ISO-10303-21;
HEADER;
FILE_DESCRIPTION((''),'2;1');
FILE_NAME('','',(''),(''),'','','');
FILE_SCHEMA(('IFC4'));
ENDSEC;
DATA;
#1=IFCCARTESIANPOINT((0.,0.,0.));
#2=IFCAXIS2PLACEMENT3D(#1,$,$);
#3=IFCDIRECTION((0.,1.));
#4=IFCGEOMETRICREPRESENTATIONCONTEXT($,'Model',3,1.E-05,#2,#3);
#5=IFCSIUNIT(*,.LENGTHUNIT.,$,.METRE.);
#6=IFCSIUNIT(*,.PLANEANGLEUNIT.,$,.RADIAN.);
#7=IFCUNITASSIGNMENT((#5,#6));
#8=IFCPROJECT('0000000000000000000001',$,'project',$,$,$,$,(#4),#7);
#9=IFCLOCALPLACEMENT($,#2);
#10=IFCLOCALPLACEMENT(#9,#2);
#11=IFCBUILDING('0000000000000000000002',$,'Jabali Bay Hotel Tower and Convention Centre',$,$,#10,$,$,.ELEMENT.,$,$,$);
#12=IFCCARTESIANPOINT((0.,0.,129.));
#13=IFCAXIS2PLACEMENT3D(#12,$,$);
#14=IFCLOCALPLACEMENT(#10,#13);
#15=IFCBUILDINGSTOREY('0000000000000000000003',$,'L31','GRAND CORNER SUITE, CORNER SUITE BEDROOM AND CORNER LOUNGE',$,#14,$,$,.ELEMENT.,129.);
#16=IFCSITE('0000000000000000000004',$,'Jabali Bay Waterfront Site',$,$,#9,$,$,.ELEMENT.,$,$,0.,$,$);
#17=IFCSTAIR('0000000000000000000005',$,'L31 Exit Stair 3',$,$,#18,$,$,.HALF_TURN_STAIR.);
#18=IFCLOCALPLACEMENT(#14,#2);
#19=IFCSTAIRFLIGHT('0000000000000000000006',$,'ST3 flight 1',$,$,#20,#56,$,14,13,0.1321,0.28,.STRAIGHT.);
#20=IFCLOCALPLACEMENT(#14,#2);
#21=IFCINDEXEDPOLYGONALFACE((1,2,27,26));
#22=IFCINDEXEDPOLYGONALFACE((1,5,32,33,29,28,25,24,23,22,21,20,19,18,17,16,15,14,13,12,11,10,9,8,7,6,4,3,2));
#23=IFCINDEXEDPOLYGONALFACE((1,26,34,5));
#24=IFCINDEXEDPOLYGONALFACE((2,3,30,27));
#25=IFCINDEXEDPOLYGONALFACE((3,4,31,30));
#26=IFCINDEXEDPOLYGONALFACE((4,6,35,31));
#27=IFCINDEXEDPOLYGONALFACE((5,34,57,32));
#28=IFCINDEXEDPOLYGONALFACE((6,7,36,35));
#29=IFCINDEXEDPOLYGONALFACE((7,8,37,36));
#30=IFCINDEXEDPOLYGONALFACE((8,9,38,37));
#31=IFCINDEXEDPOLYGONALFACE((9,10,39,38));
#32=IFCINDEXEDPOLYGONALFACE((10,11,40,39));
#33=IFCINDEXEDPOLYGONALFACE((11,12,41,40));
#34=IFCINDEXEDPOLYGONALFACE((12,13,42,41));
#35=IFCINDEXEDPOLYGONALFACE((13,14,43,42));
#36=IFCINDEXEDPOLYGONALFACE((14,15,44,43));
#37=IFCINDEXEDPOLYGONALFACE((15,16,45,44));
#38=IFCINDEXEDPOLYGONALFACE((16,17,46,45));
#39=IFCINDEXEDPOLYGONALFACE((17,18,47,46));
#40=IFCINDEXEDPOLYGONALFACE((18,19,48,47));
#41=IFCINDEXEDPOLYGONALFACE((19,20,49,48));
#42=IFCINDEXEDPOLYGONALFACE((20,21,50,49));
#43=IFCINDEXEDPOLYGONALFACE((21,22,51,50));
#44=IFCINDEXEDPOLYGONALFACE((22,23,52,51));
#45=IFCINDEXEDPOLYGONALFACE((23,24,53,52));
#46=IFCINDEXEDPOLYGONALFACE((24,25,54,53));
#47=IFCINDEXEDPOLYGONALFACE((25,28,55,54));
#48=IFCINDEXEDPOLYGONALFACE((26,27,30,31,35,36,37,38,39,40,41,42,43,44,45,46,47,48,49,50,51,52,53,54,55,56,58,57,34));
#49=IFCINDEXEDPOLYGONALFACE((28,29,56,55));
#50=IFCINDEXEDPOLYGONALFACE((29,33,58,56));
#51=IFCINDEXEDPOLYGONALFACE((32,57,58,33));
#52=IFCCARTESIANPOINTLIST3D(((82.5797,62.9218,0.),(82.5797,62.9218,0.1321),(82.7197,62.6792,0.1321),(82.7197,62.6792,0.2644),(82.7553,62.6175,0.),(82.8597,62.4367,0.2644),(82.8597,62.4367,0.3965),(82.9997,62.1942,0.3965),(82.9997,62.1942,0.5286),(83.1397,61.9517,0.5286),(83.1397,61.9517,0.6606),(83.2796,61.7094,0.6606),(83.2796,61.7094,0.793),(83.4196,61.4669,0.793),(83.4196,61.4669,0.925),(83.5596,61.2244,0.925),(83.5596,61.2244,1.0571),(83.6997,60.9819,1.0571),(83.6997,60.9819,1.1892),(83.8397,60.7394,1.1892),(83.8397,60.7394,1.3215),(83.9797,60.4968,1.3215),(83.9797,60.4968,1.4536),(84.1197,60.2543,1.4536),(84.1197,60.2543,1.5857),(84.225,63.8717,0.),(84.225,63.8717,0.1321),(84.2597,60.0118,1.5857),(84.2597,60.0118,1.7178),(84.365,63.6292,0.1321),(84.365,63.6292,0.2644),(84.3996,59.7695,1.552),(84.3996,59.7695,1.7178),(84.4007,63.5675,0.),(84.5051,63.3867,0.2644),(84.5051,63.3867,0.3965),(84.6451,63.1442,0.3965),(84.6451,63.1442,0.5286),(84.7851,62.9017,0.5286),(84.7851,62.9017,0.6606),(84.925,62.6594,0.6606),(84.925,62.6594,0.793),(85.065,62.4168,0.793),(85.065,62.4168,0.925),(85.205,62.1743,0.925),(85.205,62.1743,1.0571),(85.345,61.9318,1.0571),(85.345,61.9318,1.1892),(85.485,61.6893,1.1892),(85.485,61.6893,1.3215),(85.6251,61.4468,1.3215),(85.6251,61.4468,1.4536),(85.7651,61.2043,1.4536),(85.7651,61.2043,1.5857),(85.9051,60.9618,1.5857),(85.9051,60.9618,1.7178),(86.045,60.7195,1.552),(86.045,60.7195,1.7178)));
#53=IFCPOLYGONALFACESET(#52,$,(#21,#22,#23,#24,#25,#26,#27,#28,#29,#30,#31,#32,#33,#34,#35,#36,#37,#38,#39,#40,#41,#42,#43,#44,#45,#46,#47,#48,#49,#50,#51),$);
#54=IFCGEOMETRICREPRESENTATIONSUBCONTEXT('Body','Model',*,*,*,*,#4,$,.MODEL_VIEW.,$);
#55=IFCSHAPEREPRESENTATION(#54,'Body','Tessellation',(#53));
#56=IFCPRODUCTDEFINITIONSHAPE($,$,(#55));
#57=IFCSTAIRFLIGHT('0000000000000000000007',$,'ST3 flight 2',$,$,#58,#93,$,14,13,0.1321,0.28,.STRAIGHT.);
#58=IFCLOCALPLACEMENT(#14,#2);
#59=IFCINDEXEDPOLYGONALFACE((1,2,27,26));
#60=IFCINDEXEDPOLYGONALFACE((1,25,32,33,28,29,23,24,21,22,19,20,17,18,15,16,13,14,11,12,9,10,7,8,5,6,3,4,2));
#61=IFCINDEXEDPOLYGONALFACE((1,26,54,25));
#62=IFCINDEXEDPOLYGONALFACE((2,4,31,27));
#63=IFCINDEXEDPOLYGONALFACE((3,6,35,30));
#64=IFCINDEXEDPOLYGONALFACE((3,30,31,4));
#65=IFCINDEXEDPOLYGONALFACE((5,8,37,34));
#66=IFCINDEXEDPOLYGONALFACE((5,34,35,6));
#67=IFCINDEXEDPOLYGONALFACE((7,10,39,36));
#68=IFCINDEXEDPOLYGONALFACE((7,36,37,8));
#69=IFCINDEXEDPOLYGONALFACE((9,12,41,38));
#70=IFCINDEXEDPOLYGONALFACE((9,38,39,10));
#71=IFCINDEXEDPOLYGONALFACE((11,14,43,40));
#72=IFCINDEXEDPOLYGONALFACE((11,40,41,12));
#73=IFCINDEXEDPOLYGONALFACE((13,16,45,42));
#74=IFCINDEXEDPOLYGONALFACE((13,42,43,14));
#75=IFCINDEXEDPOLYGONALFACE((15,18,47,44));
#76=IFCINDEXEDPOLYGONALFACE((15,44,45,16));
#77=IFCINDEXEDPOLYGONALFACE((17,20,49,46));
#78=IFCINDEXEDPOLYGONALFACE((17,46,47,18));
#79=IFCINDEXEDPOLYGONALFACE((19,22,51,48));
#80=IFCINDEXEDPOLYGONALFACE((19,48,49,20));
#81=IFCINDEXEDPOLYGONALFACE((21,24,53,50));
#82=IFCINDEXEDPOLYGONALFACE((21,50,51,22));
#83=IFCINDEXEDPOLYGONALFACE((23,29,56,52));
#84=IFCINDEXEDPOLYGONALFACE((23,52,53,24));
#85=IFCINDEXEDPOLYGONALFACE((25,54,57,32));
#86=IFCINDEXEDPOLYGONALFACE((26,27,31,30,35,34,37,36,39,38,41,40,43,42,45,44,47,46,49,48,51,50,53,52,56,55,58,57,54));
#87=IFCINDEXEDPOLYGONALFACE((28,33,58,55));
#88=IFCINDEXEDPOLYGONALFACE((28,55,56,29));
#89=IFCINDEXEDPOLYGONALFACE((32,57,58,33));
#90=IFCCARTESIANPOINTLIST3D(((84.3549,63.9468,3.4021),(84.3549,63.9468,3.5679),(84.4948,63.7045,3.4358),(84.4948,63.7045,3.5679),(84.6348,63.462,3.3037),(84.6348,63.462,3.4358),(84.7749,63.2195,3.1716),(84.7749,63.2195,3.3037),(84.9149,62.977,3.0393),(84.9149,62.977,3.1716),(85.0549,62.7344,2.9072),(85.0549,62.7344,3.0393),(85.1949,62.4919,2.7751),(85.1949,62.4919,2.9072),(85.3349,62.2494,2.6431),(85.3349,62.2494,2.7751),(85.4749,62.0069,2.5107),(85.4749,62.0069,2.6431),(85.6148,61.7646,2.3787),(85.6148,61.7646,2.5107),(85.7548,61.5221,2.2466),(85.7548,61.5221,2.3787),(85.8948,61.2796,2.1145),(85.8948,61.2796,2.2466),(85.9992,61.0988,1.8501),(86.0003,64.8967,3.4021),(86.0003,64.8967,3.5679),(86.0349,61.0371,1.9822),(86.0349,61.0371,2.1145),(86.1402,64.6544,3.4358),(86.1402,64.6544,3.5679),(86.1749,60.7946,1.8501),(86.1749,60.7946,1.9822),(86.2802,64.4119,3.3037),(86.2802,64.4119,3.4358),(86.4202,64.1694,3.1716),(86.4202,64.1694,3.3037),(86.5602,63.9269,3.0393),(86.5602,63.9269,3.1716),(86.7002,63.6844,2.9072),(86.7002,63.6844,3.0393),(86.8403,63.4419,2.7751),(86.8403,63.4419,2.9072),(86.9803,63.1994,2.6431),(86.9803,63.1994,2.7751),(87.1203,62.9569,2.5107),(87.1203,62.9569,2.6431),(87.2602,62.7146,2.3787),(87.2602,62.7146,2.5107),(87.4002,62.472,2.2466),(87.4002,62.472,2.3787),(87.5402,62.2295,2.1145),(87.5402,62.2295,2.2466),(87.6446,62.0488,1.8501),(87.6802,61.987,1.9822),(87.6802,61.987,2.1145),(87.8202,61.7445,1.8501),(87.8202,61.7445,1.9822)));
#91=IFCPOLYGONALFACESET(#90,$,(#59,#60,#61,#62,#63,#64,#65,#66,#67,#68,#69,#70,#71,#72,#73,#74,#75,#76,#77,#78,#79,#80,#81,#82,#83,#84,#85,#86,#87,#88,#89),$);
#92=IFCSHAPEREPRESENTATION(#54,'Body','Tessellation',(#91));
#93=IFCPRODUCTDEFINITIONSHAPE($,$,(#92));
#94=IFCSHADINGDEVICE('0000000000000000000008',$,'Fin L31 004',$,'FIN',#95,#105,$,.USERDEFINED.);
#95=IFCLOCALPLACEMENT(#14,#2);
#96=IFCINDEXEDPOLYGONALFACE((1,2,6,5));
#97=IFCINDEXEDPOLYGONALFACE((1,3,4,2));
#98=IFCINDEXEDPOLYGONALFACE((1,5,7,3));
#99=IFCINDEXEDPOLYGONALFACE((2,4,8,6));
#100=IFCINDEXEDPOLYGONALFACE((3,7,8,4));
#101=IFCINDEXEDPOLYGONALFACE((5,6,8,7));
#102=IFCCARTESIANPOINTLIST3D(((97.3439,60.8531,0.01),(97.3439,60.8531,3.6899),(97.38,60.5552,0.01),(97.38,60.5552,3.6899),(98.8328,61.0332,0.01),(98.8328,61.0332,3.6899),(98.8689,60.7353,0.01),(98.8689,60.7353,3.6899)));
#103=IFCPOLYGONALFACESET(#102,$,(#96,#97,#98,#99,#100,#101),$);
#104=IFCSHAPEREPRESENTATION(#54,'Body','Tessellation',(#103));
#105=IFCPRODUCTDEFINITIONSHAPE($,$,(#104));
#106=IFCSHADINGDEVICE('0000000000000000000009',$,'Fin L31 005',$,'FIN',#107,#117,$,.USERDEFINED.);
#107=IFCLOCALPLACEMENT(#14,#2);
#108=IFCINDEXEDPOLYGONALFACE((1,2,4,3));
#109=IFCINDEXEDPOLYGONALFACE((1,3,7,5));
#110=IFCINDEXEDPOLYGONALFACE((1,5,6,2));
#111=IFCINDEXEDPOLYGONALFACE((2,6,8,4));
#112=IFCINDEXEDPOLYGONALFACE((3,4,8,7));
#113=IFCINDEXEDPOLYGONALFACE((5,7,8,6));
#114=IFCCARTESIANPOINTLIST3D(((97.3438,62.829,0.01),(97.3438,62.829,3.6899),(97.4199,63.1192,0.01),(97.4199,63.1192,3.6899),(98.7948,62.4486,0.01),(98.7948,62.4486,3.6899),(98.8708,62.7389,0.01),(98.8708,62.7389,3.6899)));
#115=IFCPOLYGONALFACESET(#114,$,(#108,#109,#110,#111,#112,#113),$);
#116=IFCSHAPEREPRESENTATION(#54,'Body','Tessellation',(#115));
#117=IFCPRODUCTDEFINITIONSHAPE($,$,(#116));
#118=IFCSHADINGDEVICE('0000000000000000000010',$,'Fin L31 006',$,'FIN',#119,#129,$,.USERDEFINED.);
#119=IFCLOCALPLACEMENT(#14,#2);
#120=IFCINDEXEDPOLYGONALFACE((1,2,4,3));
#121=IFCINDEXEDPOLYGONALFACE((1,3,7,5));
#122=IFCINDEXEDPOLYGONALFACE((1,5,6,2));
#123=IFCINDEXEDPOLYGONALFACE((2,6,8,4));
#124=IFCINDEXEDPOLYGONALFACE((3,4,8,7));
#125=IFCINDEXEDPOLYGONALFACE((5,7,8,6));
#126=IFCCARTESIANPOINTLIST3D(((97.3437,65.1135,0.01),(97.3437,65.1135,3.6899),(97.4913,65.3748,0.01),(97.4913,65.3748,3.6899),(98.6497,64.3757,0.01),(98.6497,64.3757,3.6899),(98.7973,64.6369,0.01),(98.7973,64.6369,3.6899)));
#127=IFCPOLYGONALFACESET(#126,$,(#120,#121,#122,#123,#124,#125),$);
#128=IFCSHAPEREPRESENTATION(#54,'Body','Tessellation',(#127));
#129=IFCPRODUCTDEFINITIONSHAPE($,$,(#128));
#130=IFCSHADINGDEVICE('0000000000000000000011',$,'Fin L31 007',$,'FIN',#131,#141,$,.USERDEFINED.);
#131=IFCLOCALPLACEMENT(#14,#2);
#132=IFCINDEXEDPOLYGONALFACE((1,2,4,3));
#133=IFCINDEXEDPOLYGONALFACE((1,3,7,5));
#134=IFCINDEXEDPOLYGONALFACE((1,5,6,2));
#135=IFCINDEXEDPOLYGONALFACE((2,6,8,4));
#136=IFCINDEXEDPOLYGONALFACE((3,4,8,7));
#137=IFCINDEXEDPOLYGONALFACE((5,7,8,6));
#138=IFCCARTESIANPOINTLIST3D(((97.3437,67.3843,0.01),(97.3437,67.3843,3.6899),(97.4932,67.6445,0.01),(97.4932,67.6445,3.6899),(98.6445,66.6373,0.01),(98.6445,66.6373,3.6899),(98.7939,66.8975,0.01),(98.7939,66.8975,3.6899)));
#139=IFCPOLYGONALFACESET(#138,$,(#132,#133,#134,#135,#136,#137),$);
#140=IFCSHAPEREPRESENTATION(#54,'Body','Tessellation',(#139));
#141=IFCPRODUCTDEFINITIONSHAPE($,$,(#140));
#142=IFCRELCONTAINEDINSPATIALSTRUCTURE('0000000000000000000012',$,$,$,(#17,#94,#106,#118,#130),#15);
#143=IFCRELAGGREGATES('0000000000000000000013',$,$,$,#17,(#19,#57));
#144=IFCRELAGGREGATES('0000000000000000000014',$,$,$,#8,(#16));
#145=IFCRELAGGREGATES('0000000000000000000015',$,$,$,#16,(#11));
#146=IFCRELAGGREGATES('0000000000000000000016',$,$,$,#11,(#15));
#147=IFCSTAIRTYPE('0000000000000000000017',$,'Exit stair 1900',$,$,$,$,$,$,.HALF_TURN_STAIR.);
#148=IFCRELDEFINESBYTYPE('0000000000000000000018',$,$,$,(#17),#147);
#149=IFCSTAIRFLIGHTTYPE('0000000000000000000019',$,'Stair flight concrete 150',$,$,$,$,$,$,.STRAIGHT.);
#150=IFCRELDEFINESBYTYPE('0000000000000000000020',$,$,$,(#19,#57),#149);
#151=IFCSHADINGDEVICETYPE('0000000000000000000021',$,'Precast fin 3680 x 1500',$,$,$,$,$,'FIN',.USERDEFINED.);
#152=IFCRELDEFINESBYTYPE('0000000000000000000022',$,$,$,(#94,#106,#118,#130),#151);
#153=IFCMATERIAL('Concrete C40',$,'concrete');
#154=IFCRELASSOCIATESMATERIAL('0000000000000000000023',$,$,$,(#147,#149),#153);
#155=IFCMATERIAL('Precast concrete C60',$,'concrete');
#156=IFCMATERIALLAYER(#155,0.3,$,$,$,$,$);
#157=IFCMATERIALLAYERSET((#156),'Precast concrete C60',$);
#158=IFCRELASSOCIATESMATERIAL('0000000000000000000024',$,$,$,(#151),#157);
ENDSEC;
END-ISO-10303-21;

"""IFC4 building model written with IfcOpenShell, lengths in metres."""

from ifc_helpers import new_model, si_unit, direction, frame, frame_2d, origin, place, context, subcontext, project, spatial, polyline, rectangle, outline, extrude, material, layer, layer_set, type_object, element, aggregate, save


model = new_model("IFC4")

# Units and contexts
model_context = context("Model", 3, precision=1e-05, world=origin(), true_north=direction((0.0, 1.0)))
body_context = subcontext(model_context, "Body", "Model", "MODEL_VIEW")
ifc_project = project(units=[si_unit("LENGTHUNIT", "METRE"), si_unit("PLANEANGLEUNIT", "RADIAN")], contexts=[model_context])

# Site, building, storey
site_placement = place(None, origin())
site = spatial("IfcSite", under=ifc_project, at=site_placement, Name="Jabali Bay Waterfront Site", CompositionType="ELEMENT", RefElevation=0.0)
building_placement = place(site_placement, origin())
building = spatial("IfcBuilding", under=site, at=building_placement, Name="Jabali Bay Hotel Tower and Convention Centre", CompositionType="ELEMENT")
storey_placement = place(building_placement, frame((0.0, 0.0, 129.0)))
storey = spatial("IfcBuildingStorey", under=building, at=storey_placement, Name="L31", Description="GRAND CORNER SUITE, CORNER SUITE BEDROOM AND CORNER LOUNGE", CompositionType="ELEMENT", Elevation=129.0)

# Shared definitions
ifc_material_1 = material(Name="Concrete C40", Category="concrete")

# Stair, stair flights
stair_type = type_object("IfcStairType", Name="Exit stair 1900", PredefinedType="HALF_TURN_STAIR", material=ifc_material_1)
stair_placement = place(storey_placement, origin())
stair = element("IfcStair", 1, at=stair_placement, inside=storey, type_object=stair_type, Name="L31 Exit Stair 3", PredefinedType="HALF_TURN_STAIR")
stair_flight_type = type_object("IfcStairFlightType", Name="Stair flight concrete 150", PredefinedType="STRAIGHT", material=ifc_material_1)
stair_flight_1_placement = place(storey_placement, frame((83.4023, 63.3967, 0.0), z_axis=(0.0, 0.0, 1.0), x_axis=(0.5, -0.866025, 0.0)))
stair_flight_1 = element("IfcStairFlight", 2, at=stair_flight_1_placement, type_object=stair_flight_type, Name="ST3 flight 1", NumberOfRisers=14, NumberOfTreads=13, PredefinedType="STRAIGHT", RiserHeight=0.1321, TreadLength=0.28, context=body_context, shape_type="SweptSolid", body=[
    extrude(outline(polyline([(0.0, 0.0), (0.0, 0.1321), (0.28, 0.1321), (0.28, 0.2644), (0.5601, 0.2644), (0.5601, 0.3965), (0.8401, 0.3965), (0.8401, 0.5286), (1.1201, 0.5286), (1.1201, 0.6606), (1.3999, 0.6606), (1.3999, 0.793), (1.6799, 0.793), (1.6799, 0.925), (1.96, 0.925), (1.96, 1.0571), (2.24, 1.0571), (2.24, 1.1892), (2.52, 1.1892), (2.52, 1.3215), (2.8, 1.3215), (2.8, 1.4536), (3.0801, 1.4536), (3.0801, 1.5857), (3.3601, 1.5857), (3.3601, 1.7178), (3.6399, 1.7178), (3.6399, 1.8501), (3.6399, 1.552), (0.3513, 0.0), (0.0, 0.0)])), frame((0.0, 0.95, 0.0), z_axis=(0.0, -1.0, 0.0), x_axis=(1.0, 0.0, 0.0)), (0.0, 0.0, 1.0), 1.8999),
])
stair_flight_2_placement = place(storey_placement, frame((86.9976, 61.2695, 1.8501), z_axis=(0.0, 0.0, 1.0), x_axis=(-0.5, 0.866025, 0.0)))
stair_flight_2 = element("IfcStairFlight", 3, at=stair_flight_2_placement, type_object=stair_flight_type, Name="ST3 flight 2", NumberOfRisers=14, NumberOfTreads=13, PredefinedType="STRAIGHT", RiserHeight=0.1321, TreadLength=0.28, context=body_context, shape_type="SweptSolid", body=[
    extrude(outline(polyline([(0.0, 0.0), (0.0, 0.1321), (0.28, 0.1321), (0.28, 0.2644), (0.5601, 0.2644), (0.5601, 0.3965), (0.8401, 0.3965), (0.8401, 0.5286), (1.1201, 0.5286), (1.1201, 0.6606), (1.3999, 0.6606), (1.3999, 0.793), (1.6799, 0.793), (1.6799, 0.925), (1.96, 0.925), (1.96, 1.0571), (2.24, 1.0571), (2.24, 1.1892), (2.52, 1.1892), (2.52, 1.3215), (2.8, 1.3215), (2.8, 1.4536), (3.0801, 1.4536), (3.0801, 1.5857), (3.3601, 1.5857), (3.3601, 1.7178), (3.6399, 1.7178), (3.6399, 1.8501), (3.6399, 1.552), (0.3513, 0.0), (0.0, 0.0)])), frame((0.0, 0.95, 0.0), z_axis=(0.0, -1.0, 0.0), x_axis=(1.0, 0.0, 0.0)), (0.0, 0.0, 1.0), 1.8999),
])
aggregate(stair, [stair_flight_1, stair_flight_2])

# Shading devices
ifc_material_2 = material(Name="Precast concrete C60", Category="concrete")
ifc_layer_1 = layer(ifc_material_2, 0.3)
ifc_layer_set_1 = layer_set([ifc_layer_1], Name="Precast concrete C60")
shading_device_type = type_object("IfcShadingDeviceType", Name="Precast fin 3680 x 1500", ElementType="FIN", PredefinedType="USERDEFINED", material=ifc_layer_set_1)
shading_device_placement = place(storey_placement, frame((97.3618, 60.7041, 0.01), z_axis=(0.0, 0.0, 1.0), x_axis=(0.992759, 0.120127, 0.0)))
element("IfcShadingDevice", 4, at=shading_device_placement, inside=storey, type_object=shading_device_type, Name="Fin L31 004", ObjectType="FIN", PredefinedType="USERDEFINED", context=body_context, shape_type="SweptSolid", body=[
    extrude(rectangle(XDim=1.4998, YDim=0.3, at=frame_2d((0.75, 0.0))), origin(), (0.0, 0.0, 1.0), 3.6799),
])
for number, where, z_axis, x_axis, name in (
    (5, (97.3818, 62.9741, 0.01), (0.0, 0.0, 1.0), (0.967312, -0.253588, 0.0), "Fin L31 005"),
    (6, (97.4175, 65.2441, 0.01), (0.0, 0.0, 1.0), (0.870657, -0.491891, 0.0), "Fin L31 006"),
    (7, (97.4185, 67.5144, 0.01), (0.0, 0.0, 1.0), (0.867159, -0.498031, 0.0), "Fin L31 007"),
):
    element("IfcShadingDevice", number, at=place(storey_placement, frame(where, z_axis=z_axis, x_axis=x_axis)), inside=storey, type_object=shading_device_type, Name=name, ObjectType="FIN", PredefinedType="USERDEFINED", context=body_context, shape_type="SweptSolid", body=[
        extrude(rectangle(XDim=1.5, YDim=0.3, at=frame_2d((0.75, 0.0))), origin(), (0.0, 0.0, 1.0), 3.6799),
    ])

save(model, "model.ifc")
